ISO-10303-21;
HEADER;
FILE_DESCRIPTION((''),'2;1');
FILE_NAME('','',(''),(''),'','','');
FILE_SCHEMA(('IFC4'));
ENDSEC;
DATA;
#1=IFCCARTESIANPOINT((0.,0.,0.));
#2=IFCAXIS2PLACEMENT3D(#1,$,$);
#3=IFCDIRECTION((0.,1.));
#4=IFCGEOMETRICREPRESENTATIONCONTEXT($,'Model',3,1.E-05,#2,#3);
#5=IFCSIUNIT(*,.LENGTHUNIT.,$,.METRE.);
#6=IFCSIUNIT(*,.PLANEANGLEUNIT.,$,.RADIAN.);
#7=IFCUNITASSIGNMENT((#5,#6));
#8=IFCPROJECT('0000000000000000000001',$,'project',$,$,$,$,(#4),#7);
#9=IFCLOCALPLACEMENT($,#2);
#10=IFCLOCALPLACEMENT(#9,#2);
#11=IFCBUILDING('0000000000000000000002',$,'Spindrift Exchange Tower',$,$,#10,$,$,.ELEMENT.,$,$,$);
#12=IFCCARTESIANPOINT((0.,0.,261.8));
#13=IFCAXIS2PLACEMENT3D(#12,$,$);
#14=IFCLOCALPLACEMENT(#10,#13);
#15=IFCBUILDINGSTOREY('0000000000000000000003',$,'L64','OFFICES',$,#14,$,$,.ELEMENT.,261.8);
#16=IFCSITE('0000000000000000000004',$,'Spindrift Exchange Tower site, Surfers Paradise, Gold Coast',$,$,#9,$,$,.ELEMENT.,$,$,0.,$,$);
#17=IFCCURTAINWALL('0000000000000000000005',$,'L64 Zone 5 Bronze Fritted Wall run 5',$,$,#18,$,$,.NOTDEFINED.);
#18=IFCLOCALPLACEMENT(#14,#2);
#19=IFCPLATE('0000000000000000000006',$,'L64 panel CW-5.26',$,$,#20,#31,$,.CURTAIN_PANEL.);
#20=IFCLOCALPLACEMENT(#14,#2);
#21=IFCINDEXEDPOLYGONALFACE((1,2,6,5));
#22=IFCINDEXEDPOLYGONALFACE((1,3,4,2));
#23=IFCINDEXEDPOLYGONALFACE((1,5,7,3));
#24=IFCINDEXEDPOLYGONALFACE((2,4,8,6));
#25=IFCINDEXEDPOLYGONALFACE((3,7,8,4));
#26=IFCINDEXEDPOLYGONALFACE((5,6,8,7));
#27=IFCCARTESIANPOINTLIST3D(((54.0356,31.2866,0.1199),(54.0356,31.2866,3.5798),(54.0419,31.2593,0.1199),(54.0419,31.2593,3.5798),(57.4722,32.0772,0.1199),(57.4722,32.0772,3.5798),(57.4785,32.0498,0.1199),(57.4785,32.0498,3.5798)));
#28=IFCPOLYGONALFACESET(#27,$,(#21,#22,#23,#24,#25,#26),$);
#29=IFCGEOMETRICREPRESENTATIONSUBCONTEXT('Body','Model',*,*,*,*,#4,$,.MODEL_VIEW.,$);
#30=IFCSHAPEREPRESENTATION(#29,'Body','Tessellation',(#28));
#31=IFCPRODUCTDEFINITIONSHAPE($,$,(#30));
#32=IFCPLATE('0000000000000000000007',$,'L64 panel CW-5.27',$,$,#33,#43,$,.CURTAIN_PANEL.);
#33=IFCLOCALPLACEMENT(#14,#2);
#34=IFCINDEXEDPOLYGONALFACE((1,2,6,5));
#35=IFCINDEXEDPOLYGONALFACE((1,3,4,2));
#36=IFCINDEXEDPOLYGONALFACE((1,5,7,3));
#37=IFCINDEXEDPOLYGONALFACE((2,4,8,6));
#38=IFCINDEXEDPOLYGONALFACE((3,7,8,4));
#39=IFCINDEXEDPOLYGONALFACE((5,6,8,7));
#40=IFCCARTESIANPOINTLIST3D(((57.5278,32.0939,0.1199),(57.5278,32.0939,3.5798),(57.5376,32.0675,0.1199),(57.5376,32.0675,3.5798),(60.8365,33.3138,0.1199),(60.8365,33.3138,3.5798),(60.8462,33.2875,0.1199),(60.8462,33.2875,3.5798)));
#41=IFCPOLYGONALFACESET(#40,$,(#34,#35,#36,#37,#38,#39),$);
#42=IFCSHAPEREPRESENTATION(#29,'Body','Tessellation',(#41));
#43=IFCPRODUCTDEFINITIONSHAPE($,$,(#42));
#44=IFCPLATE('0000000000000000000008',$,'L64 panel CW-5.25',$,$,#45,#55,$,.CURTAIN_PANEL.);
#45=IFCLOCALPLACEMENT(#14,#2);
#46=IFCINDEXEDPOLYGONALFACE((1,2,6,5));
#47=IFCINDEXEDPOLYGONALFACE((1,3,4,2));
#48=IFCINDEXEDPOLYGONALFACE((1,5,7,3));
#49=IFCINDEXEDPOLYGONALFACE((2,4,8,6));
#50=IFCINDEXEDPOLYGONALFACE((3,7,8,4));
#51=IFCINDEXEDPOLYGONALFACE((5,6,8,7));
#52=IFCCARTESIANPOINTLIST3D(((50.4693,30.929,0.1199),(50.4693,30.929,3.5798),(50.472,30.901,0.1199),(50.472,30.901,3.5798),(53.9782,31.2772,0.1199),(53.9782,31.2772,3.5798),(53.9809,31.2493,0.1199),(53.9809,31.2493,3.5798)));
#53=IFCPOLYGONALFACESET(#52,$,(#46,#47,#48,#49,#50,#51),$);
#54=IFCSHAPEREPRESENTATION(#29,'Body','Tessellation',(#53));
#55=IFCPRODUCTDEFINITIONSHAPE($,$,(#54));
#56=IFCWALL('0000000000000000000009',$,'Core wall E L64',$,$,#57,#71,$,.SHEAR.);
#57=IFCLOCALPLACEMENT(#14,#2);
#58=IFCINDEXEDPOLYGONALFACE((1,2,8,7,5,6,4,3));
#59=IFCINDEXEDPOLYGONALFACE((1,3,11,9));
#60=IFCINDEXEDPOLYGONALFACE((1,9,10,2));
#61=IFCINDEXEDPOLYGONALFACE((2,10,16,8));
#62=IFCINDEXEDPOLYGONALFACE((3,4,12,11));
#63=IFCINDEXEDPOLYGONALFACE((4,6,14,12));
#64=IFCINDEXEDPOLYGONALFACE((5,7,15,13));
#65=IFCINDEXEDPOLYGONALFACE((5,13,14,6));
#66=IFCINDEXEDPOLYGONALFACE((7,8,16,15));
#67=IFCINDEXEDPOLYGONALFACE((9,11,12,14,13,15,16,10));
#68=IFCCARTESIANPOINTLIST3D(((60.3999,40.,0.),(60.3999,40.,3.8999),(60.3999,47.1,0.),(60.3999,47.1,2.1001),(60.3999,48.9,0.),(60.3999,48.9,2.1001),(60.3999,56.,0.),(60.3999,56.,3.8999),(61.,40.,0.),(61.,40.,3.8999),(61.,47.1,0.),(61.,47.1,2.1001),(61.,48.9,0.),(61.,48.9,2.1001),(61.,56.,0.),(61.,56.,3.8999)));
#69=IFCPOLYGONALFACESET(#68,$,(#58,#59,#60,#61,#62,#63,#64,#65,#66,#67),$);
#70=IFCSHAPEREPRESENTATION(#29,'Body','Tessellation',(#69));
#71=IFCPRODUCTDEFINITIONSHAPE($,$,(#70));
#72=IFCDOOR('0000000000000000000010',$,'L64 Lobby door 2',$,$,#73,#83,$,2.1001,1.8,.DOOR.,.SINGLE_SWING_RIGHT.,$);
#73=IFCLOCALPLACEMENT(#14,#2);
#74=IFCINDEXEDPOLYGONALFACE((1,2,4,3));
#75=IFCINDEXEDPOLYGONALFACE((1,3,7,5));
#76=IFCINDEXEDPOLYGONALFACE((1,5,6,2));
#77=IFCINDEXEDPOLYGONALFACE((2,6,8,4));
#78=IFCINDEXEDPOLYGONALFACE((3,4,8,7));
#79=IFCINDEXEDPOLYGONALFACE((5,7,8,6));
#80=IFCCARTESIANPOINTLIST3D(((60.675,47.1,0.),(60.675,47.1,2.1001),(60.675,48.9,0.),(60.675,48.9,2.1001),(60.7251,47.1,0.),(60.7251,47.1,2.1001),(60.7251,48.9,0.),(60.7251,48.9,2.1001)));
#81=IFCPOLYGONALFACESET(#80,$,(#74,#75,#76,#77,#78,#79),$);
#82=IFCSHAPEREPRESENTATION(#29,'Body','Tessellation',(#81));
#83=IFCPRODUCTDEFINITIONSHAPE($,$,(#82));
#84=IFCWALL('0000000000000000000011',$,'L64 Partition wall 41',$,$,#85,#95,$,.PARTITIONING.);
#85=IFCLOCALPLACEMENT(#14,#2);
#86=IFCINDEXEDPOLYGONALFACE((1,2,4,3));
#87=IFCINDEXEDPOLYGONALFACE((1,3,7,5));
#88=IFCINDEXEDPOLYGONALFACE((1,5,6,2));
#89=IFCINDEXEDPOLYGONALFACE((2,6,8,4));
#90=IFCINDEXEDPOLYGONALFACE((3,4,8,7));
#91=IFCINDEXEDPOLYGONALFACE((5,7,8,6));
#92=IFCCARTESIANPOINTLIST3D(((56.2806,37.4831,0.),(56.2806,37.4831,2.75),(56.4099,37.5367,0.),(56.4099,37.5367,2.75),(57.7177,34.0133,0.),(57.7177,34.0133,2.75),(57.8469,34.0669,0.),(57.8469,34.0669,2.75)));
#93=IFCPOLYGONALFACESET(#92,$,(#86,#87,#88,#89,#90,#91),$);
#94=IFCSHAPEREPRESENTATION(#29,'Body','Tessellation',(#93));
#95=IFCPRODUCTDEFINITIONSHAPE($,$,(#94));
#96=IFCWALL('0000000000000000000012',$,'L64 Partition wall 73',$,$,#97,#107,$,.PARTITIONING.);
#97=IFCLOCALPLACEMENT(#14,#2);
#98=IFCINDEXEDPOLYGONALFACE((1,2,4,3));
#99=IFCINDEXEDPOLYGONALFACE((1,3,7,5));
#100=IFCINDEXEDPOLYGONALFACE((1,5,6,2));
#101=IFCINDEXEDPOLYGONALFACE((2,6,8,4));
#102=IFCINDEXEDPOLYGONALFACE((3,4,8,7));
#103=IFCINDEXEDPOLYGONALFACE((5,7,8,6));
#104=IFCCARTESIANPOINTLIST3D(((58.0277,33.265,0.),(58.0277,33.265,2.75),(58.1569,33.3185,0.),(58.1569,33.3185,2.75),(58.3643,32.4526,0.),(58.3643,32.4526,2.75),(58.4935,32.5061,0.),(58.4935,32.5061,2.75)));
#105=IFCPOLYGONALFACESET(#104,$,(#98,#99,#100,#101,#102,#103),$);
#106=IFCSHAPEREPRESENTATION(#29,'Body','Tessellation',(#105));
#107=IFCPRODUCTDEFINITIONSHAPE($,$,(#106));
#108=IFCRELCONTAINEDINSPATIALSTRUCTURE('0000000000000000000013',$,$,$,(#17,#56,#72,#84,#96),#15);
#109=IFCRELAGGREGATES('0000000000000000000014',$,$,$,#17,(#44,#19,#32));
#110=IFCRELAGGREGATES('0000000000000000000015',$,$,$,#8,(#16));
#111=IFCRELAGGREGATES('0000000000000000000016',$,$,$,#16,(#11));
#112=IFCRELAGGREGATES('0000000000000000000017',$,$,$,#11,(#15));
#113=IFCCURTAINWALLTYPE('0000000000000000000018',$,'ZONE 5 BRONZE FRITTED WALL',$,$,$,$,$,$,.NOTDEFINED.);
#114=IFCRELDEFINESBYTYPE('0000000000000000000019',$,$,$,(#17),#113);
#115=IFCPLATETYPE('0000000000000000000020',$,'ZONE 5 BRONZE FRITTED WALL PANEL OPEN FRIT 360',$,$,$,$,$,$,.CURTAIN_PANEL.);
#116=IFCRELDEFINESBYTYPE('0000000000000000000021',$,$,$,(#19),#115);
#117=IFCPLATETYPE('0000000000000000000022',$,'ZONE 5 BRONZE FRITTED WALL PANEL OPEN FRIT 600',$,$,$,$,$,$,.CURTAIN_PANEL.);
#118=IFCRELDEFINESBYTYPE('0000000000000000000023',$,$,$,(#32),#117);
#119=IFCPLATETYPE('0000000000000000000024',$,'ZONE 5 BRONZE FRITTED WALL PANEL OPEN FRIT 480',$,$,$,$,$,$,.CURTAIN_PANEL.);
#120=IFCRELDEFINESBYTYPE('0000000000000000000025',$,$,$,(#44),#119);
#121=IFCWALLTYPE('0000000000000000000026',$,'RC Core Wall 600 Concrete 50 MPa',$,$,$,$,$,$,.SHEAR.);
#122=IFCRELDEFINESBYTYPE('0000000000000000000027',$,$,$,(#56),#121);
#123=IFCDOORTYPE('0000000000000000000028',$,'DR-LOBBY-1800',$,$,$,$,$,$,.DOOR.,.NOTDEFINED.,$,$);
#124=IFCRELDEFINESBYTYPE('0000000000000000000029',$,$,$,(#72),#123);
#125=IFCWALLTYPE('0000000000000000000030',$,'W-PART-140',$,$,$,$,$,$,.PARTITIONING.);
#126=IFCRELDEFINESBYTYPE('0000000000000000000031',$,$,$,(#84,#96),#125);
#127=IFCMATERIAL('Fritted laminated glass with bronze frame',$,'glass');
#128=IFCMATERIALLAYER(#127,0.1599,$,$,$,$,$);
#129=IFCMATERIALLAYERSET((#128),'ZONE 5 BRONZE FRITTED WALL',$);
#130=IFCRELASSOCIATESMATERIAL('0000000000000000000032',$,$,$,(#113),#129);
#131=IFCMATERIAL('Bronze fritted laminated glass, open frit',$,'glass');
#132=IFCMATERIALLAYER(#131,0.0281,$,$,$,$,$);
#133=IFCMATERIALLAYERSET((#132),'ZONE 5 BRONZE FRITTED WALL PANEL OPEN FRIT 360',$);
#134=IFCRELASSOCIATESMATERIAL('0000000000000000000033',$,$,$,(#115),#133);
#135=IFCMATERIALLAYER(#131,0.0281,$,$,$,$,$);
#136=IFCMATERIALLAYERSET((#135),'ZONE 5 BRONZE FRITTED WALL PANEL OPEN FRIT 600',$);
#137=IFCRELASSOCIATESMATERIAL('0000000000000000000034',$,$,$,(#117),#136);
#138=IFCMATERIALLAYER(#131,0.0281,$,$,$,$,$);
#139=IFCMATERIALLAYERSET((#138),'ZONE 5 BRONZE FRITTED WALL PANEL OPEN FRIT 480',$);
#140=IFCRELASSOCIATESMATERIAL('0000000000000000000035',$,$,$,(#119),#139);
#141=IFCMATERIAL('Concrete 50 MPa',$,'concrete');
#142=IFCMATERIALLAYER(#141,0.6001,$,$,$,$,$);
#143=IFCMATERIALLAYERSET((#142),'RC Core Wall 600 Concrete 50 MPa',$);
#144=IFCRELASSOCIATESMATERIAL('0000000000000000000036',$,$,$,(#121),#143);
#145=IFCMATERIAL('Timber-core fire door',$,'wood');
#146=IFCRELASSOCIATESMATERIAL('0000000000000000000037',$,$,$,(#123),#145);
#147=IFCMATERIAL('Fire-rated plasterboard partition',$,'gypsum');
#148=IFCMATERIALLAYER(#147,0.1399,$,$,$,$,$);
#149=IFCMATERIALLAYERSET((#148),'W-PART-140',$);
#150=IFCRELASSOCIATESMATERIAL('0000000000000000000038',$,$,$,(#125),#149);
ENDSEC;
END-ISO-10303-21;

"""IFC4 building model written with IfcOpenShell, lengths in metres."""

from ifc_helpers import new_model, si_unit, direction, frame, frame_2d, origin, origin_2d, place, context, subcontext, project, spatial, rectangle, extrude, source, transform, mapped, material, layer, layer_set, type_object, element, fill, aggregate, save


model = new_model("IFC4")

# Units and contexts
model_context = context("Model", 3, precision=1e-05, world=origin(), true_north=direction((0.0, 1.0)))
body_context = subcontext(model_context, "Body", "Model", "MODEL_VIEW")
ifc_project = project(units=[si_unit("LENGTHUNIT", "METRE"), si_unit("PLANEANGLEUNIT", "RADIAN")], contexts=[model_context])

# Site, building, storey
site_placement = place(None, origin())
site = spatial("IfcSite", under=ifc_project, at=site_placement, Name="Spindrift Exchange Tower site, Surfers Paradise, Gold Coast", CompositionType="ELEMENT", RefElevation=0.0)
building_placement = place(site_placement, origin())
building = spatial("IfcBuilding", under=site, at=building_placement, Name="Spindrift Exchange Tower", CompositionType="ELEMENT")
storey_placement = place(building_placement, frame((0.0, 0.0, 261.8)))
storey = spatial("IfcBuildingStorey", under=building, at=storey_placement, Name="L64", Description="OFFICES", CompositionType="ELEMENT", Elevation=261.8)

# Curtain wall, plates
ifc_material_1 = material(Name="Fritted laminated glass with bronze frame", Category="glass")
ifc_layer_1 = layer(ifc_material_1, 0.1599)
ifc_layer_set_1 = layer_set([ifc_layer_1], Name="ZONE 5 BRONZE FRITTED WALL")
curtain_wall_type = type_object("IfcCurtainWallType", Name="ZONE 5 BRONZE FRITTED WALL", PredefinedType="NOTDEFINED", material=ifc_layer_set_1)
curtain_wall_placement = place(storey_placement, origin())
curtain_wall = element("IfcCurtainWall", 1, at=curtain_wall_placement, inside=storey, type_object=curtain_wall_type, Name="L64 Zone 5 Bronze Fritted Wall run 5", PredefinedType="NOTDEFINED")
ifc_material_2 = material(Name="Bronze fritted laminated glass, open frit", Category="glass")
ifc_layer_2 = layer(ifc_material_2, 0.0281)
ifc_layer_set_2 = layer_set([ifc_layer_2], Name="ZONE 5 BRONZE FRITTED WALL PANEL OPEN FRIT 360")
plate_type_1 = type_object("IfcPlateType", Name="ZONE 5 BRONZE FRITTED WALL PANEL OPEN FRIT 360", PredefinedType="CURTAIN_PANEL", material=ifc_layer_set_2)
shared_shape_1 = source(origin(), body_context, "Body", "SweptSolid", [
    extrude(rectangle(XDim=3.5264, YDim=0.0281, at=origin_2d()), origin(), (0.0, 0.0, 1.0), 3.46),
])
plate_1_placement = place(storey_placement, frame((55.7571, 31.6682, 0.1199), z_axis=(0.0, 0.0, 1.0), x_axis=(0.974548, 0.224181, 0.0)))
plate_1 = element("IfcPlate", 2, at=plate_1_placement, type_object=plate_type_1, Name="L64 panel CW-5.26", PredefinedType="CURTAIN_PANEL", context=body_context, shape_type="MappedRepresentation", body=[
    mapped(shared_shape_1, transform((0.0, 0.0, 0.0), scale=1.0)),
])
ifc_layer_3 = layer(ifc_material_2, 0.0281)
ifc_layer_set_3 = layer_set([ifc_layer_3], Name="ZONE 5 BRONZE FRITTED WALL PANEL OPEN FRIT 600")
plate_type_2 = type_object("IfcPlateType", Name="ZONE 5 BRONZE FRITTED WALL PANEL OPEN FRIT 600", PredefinedType="CURTAIN_PANEL", material=ifc_layer_set_3)
shared_shape_2 = source(origin(), body_context, "Body", "SweptSolid", [
    extrude(rectangle(XDim=3.5264, YDim=0.0281, at=origin_2d()), origin(), (0.0, 0.0, 1.0), 3.46),
])
plate_2_placement = place(storey_placement, frame((59.187, 32.6907, 0.1199), z_axis=(0.0, 0.0, 1.0), x_axis=(0.938249, 0.34596, 0.0)))
plate_2 = element("IfcPlate", 3, at=plate_2_placement, type_object=plate_type_2, Name="L64 panel CW-5.27", PredefinedType="CURTAIN_PANEL", context=body_context, shape_type="MappedRepresentation", body=[
    mapped(shared_shape_2, transform((0.0, 0.0, 0.0), scale=1.0)),
])
ifc_layer_4 = layer(ifc_material_2, 0.0281)
ifc_layer_set_4 = layer_set([ifc_layer_4], Name="ZONE 5 BRONZE FRITTED WALL PANEL OPEN FRIT 480")
plate_type_3 = type_object("IfcPlateType", Name="ZONE 5 BRONZE FRITTED WALL PANEL OPEN FRIT 480", PredefinedType="CURTAIN_PANEL", material=ifc_layer_set_4)
shared_shape_3 = source(origin(), body_context, "Body", "SweptSolid", [
    extrude(rectangle(XDim=3.5261, YDim=0.0281, at=origin_2d()), origin(), (0.0, 0.0, 1.0), 3.46),
])
plate_3_placement = place(storey_placement, frame((52.2251, 31.0891, 0.1199), z_axis=(0.0, 0.0, 1.0), x_axis=(0.995111, 0.098766, 0.0)))
plate_3 = element("IfcPlate", 4, at=plate_3_placement, type_object=plate_type_3, Name="L64 panel CW-5.25", PredefinedType="CURTAIN_PANEL", context=body_context, shape_type="MappedRepresentation", body=[
    mapped(shared_shape_3, transform((0.0, 0.0, 0.0), scale=1.0)),
])
aggregate(curtain_wall, [plate_3, plate_1, plate_2])

# Wall, opening, door
ifc_material_3 = material(Name="Concrete 50 MPa", Category="concrete")
ifc_layer_5 = layer(ifc_material_3, 0.6001)
ifc_layer_set_5 = layer_set([ifc_layer_5], Name="RC Core Wall 600 Concrete 50 MPa")
wall_type_1 = type_object("IfcWallType", Name="RC Core Wall 600 Concrete 50 MPa", PredefinedType="SHEAR", material=ifc_layer_set_5)
wall_1_placement = place(storey_placement, frame((60.7, 40.0, 0.0), z_axis=(0.0, 0.0, 1.0), x_axis=(0.0, 1.0, 0.0)))
wall_1 = element("IfcWall", 5, at=wall_1_placement, inside=storey, type_object=wall_type_1, Name="Core wall E L64", PredefinedType="SHEAR", context=body_context, shape_type="SweptSolid", body=[
    extrude(rectangle(XDim=16.0, YDim=0.6001, at=frame_2d((8.0, 0.0))), origin(), (0.0, 0.0, 1.0), 3.8999),
])
opening_placement = place(wall_1_placement, frame((7.1001, 0.0, 0.0)))
opening = element("IfcOpeningElement", 6, at=opening_placement, cuts=wall_1, PredefinedType="OPENING", context=body_context, shape_type="SweptSolid", body=[
    extrude(rectangle(XDim=1.8, YDim=2.1001, at=frame_2d((0.8999, 1.05))), frame((0.0, 0.3101, 0.0), z_axis=(0.0, -1.0, 0.0), x_axis=(1.0, 0.0, 0.0)), (0.0, 0.0, 1.0), 0.6201),
])
ifc_material_4 = material(Name="Timber-core fire door", Category="wood")
door_type = type_object("IfcDoorType", Name="DR-LOBBY-1800", OperationType="NOTDEFINED", PredefinedType="DOOR", material=ifc_material_4)
shared_shape_4 = source(origin(), body_context, "Body", "SweptSolid", [
    extrude(rectangle(XDim=1.8, YDim=2.1001, at=frame_2d((0.8999, 1.05))), frame((0.0, 0.0249, 0.0), z_axis=(0.0, -1.0, 0.0), x_axis=(1.0, 0.0, 0.0)), (0.0, 0.0, 1.0), 0.05),
])
door_placement = place(opening_placement, origin())
door = element("IfcDoor", 7, at=door_placement, inside=storey, type_object=door_type, Name="L64 Lobby door 2", OperationType="SINGLE_SWING_RIGHT", OverallHeight=2.1001, OverallWidth=1.8, PredefinedType="DOOR", context=body_context, shape_type="MappedRepresentation", body=[
    mapped(shared_shape_4, transform((0.0, 0.0, 0.0), scale=1.0)),
])
fill(opening, door)

# Walls
ifc_material_5 = material(Name="Fire-rated plasterboard partition", Category="gypsum")
ifc_layer_6 = layer(ifc_material_5, 0.1399)
ifc_layer_set_6 = layer_set([ifc_layer_6], Name="W-PART-140")
wall_type_2 = type_object("IfcWallType", Name="W-PART-140", PredefinedType="PARTITIONING", material=ifc_layer_set_6)
wall_2_placement = place(storey_placement, frame((56.3452, 37.51, 0.0), z_axis=(0.0, 0.0, 1.0), x_axis=(0.382639, -0.923898, 0.0)))
element("IfcWall", 8, at=wall_2_placement, inside=storey, type_object=wall_type_2, Name="L64 Partition wall 41", PredefinedType="PARTITIONING", context=body_context, shape_type="SweptSolid", body=[
    extrude(rectangle(XDim=3.7556, YDim=0.1399, at=frame_2d((1.8779, 0.0))), origin(), (0.0, 0.0, 1.0), 2.75),
])
wall_3_placement = place(storey_placement, frame((58.0923, 33.2917, 0.0), z_axis=(0.0, 0.0, 1.0), x_axis=(0.382801, -0.923831, 0.0)))
element("IfcWall", 9, at=wall_3_placement, inside=storey, type_object=wall_type_2, Name="L64 Partition wall 73", PredefinedType="PARTITIONING", context=body_context, shape_type="SweptSolid", body=[
    extrude(rectangle(XDim=0.8794, YDim=0.1399, at=frame_2d((0.4397, 0.0))), origin(), (0.0, 0.0, 1.0), 2.75),
])

save(model, "model.ifc")
